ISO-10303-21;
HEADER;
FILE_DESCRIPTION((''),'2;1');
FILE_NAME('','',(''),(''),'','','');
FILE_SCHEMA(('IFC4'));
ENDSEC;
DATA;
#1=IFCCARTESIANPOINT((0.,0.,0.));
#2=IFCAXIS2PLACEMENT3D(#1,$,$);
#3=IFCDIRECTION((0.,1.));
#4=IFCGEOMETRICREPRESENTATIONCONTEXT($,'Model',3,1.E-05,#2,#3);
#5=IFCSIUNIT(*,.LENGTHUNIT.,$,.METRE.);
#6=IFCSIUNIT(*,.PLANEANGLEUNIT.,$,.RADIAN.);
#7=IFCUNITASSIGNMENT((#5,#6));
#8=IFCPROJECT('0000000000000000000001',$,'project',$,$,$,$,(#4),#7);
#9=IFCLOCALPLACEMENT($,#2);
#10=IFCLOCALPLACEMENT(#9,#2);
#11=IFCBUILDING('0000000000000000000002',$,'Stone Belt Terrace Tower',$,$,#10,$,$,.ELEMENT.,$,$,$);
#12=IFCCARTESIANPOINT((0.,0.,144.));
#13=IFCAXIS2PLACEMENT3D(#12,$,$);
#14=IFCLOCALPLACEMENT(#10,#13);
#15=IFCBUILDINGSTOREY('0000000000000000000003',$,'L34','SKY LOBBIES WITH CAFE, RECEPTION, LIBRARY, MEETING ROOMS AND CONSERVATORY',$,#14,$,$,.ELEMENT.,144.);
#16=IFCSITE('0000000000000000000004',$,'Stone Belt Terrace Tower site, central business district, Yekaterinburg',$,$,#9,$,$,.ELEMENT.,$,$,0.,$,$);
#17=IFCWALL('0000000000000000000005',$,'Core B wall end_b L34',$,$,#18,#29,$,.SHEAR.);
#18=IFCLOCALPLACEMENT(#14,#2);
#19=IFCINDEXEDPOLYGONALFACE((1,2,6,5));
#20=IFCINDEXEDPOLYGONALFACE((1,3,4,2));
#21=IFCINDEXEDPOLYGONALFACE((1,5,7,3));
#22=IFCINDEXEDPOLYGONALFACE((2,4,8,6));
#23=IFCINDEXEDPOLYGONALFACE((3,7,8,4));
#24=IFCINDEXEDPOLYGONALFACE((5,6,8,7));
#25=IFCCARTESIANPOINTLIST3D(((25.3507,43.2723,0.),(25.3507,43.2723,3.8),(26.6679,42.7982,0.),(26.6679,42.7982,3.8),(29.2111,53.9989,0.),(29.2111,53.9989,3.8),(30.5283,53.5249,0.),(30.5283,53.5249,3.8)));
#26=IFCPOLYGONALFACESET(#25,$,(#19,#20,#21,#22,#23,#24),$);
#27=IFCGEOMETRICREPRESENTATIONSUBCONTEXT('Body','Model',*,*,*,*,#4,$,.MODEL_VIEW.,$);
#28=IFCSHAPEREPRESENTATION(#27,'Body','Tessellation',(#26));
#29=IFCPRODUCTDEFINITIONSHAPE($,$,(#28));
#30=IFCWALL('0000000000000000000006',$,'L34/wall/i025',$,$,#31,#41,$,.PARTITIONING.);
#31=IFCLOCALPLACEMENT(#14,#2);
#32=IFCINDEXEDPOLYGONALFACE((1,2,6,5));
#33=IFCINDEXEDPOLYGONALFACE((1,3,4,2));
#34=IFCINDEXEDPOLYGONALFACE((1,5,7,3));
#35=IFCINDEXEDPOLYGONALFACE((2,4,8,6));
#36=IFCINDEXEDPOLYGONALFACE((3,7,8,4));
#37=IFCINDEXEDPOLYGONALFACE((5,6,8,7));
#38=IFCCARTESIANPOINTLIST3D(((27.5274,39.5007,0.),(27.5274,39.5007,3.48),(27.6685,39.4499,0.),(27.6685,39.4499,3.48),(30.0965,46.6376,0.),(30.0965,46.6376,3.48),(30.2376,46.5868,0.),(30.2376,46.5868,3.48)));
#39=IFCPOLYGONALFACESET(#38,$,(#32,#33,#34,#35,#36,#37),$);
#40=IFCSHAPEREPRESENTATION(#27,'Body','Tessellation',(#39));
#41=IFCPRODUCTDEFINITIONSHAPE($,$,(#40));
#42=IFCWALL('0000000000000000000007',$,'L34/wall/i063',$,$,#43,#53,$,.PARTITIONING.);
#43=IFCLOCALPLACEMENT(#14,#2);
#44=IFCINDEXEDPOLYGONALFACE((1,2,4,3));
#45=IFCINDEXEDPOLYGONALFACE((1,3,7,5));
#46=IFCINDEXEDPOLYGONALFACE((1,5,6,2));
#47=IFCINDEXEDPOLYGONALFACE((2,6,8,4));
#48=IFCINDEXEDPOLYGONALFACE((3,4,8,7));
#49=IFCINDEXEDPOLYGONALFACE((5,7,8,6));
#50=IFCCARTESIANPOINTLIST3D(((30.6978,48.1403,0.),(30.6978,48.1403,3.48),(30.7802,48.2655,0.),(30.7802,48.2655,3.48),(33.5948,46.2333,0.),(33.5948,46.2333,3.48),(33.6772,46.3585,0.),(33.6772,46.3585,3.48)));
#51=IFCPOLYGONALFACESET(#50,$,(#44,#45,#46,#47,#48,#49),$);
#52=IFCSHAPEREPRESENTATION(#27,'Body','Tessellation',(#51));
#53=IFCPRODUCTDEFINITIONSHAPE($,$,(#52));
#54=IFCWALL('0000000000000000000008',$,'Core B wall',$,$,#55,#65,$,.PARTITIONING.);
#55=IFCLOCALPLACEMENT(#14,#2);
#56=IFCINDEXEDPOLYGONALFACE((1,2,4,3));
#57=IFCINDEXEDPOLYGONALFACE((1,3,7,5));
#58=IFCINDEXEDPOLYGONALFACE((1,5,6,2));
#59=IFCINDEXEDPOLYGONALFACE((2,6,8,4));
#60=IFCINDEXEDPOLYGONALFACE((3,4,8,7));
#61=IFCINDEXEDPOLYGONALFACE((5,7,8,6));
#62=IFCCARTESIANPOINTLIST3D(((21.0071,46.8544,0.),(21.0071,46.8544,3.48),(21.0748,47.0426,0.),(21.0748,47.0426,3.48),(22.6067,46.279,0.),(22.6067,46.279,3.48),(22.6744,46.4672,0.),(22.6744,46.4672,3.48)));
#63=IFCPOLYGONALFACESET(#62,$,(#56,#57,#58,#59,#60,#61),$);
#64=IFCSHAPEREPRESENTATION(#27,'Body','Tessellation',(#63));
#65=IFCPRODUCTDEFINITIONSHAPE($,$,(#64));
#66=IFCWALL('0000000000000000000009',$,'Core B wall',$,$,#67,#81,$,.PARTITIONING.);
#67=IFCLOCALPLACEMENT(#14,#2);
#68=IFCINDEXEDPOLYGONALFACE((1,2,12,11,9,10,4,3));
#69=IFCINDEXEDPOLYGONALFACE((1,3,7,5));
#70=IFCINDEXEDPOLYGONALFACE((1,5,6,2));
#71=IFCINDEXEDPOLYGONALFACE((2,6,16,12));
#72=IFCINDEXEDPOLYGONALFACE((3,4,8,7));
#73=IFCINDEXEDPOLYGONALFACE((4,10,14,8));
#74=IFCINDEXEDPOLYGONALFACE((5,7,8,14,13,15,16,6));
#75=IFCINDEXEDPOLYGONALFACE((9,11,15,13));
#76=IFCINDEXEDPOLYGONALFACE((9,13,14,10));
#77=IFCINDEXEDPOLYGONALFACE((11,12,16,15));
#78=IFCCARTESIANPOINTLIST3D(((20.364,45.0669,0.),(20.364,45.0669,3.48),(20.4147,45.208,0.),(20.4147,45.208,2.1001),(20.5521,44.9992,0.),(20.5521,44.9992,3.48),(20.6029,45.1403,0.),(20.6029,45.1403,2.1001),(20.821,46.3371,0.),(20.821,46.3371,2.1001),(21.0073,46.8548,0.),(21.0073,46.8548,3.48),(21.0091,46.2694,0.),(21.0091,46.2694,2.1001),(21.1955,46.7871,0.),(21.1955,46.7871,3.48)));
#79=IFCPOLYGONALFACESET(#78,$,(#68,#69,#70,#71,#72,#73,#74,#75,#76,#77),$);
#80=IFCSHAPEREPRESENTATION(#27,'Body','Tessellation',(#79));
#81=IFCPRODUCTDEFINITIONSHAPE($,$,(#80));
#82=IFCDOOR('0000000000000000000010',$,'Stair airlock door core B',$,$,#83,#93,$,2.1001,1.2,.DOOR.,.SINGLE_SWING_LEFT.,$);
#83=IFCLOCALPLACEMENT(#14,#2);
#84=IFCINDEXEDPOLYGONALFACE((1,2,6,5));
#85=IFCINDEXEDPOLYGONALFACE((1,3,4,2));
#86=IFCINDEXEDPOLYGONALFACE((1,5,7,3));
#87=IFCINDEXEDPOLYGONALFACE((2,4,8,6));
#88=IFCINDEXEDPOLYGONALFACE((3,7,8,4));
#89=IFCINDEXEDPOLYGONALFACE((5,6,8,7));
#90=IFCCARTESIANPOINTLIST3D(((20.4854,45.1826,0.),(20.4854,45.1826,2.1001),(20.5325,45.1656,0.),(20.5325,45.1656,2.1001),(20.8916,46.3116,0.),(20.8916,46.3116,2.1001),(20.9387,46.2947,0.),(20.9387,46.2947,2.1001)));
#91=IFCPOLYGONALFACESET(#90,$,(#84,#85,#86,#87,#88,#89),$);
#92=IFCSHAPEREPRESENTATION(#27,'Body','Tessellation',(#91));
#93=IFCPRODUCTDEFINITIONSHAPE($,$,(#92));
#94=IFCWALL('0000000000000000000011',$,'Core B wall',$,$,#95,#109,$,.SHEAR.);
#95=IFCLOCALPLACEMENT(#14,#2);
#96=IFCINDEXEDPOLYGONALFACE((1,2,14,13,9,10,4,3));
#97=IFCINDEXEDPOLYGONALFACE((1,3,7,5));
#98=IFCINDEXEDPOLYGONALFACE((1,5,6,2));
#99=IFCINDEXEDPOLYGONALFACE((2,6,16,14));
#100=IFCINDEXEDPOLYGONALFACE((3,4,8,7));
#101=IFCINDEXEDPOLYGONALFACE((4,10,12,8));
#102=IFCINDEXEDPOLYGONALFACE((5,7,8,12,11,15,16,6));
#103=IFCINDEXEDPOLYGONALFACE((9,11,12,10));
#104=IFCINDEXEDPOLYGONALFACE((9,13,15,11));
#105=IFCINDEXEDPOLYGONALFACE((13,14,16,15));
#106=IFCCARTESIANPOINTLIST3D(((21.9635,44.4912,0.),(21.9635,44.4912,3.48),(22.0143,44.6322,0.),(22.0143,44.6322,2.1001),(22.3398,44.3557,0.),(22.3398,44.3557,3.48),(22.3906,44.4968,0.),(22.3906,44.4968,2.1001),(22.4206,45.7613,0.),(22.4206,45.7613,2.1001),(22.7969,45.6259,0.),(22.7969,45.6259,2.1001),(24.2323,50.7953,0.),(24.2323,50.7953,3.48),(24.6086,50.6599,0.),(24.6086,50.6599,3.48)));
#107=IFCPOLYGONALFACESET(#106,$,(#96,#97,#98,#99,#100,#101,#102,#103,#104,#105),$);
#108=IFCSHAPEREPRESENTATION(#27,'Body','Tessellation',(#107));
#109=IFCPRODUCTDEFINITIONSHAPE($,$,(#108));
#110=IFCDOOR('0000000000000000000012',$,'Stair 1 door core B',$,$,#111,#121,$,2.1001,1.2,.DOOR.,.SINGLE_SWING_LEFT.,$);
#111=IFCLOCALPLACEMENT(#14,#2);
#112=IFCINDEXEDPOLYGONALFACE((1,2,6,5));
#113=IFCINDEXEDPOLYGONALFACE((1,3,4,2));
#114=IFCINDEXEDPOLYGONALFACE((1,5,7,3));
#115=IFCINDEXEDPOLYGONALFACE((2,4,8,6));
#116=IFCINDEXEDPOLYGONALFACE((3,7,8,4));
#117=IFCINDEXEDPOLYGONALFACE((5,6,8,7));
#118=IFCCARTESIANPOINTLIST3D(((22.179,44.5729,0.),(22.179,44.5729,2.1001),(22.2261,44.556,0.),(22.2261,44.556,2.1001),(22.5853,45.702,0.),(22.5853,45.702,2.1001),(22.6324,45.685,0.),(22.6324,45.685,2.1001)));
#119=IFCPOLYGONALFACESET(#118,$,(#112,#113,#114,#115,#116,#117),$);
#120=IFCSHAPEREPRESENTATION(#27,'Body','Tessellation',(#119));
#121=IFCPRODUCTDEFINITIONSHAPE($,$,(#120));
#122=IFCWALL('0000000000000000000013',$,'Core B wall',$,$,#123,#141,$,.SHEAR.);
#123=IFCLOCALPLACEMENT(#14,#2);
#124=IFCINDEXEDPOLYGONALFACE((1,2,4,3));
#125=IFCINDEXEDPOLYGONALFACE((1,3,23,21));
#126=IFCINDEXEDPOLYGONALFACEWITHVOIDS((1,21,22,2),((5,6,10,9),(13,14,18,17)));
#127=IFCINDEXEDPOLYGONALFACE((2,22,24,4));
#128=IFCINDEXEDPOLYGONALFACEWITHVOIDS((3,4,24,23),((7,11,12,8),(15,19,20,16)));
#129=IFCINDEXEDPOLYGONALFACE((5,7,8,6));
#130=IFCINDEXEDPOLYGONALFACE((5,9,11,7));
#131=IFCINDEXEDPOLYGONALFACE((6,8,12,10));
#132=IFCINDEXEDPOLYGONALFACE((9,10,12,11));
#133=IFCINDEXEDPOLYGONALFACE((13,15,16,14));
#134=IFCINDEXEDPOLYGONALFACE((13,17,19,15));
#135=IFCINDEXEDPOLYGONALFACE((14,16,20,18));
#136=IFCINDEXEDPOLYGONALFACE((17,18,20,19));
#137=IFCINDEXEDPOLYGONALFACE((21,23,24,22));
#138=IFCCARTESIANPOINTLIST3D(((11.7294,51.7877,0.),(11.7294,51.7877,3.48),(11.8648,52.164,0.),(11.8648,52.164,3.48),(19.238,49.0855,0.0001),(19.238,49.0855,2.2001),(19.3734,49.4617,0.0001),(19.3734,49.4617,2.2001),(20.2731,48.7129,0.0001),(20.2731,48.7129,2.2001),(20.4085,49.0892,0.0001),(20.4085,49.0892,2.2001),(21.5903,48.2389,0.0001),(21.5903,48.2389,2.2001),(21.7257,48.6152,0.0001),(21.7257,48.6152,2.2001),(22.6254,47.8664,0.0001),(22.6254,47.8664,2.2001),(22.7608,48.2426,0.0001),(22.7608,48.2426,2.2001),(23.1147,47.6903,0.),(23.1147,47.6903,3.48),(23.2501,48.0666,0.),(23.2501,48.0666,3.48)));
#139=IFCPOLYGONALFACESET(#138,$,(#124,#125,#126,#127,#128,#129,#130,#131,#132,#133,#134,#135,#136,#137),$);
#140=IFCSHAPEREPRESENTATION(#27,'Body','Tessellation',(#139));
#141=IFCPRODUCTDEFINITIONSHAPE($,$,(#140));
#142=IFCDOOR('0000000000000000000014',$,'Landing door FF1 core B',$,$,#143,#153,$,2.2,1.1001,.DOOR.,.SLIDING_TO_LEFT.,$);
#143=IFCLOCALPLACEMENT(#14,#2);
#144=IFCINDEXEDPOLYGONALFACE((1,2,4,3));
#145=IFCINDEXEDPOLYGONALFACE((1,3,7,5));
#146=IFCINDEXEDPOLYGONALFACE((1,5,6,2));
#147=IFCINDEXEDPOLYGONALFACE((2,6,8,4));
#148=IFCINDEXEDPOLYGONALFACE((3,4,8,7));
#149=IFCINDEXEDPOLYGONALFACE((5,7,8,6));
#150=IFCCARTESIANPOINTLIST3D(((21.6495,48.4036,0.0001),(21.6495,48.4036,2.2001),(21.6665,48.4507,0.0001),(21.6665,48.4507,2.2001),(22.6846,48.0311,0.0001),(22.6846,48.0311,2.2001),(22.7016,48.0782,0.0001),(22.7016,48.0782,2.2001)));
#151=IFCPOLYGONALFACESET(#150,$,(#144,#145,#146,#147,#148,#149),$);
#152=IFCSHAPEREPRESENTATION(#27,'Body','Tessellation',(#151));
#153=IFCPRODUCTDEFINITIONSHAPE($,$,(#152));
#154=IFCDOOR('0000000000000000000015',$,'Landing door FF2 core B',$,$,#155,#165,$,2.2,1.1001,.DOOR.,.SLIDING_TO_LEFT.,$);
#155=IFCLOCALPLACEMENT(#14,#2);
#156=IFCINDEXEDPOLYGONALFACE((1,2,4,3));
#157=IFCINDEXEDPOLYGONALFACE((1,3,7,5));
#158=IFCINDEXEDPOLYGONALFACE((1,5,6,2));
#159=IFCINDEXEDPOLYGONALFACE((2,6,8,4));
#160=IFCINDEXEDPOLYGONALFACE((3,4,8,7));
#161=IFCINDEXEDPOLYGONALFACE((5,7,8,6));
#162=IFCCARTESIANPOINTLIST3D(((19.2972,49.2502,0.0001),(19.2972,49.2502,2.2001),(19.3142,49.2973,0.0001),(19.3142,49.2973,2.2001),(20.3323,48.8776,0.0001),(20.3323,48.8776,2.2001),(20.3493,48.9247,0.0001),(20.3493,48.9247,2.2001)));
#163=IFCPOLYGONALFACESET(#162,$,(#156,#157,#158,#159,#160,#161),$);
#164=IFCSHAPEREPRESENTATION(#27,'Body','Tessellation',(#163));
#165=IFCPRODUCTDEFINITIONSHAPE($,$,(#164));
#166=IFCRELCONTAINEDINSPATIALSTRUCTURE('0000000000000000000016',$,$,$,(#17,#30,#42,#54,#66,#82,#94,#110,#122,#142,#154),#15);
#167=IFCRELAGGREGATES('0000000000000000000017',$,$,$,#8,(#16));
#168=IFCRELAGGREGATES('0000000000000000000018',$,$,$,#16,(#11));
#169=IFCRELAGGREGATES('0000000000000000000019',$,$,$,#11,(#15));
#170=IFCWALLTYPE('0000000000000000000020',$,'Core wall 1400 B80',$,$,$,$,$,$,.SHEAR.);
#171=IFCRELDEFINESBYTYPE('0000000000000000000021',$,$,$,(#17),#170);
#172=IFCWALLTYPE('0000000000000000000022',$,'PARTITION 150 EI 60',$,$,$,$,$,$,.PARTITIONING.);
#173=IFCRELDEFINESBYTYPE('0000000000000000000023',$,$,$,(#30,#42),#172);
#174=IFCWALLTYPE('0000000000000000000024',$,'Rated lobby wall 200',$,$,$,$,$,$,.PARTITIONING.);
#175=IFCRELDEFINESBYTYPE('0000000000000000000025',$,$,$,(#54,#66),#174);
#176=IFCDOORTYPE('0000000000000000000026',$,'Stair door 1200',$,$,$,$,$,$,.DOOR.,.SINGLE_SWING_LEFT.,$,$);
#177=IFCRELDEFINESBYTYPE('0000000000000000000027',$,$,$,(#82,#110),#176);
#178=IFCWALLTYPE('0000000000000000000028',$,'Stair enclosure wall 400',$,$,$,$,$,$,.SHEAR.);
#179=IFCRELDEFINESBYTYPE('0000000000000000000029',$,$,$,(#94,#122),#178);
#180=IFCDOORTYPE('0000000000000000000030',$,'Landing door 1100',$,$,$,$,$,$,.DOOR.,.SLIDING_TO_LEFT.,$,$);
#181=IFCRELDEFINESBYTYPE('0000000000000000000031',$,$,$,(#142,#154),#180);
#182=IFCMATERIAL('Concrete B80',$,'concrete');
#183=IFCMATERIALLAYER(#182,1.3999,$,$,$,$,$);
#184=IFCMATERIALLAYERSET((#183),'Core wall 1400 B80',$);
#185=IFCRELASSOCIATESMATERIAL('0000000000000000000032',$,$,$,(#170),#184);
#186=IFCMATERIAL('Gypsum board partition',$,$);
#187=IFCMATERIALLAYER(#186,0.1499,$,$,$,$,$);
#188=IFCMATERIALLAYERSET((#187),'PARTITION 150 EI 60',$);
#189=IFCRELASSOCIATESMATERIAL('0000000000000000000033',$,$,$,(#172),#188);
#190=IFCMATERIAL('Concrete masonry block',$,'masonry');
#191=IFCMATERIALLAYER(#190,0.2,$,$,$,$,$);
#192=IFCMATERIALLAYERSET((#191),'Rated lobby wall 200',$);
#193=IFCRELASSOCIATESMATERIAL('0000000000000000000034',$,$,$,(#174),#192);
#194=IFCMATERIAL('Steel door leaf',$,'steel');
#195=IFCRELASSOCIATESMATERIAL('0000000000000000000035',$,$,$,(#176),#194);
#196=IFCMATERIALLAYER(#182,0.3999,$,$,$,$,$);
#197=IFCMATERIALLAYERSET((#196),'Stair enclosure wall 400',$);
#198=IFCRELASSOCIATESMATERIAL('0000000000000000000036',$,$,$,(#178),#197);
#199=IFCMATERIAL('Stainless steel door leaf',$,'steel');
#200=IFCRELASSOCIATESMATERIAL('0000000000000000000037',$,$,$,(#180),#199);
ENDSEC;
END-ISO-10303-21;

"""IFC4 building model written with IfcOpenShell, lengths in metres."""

from ifc_helpers import new_model, si_unit, direction, frame, frame_2d, origin, place, context, subcontext, project, spatial, rectangle, extrude, material, layer, layer_set, type_object, element, fill, save


model = new_model("IFC4")

# Units and contexts
model_context = context("Model", 3, precision=1e-05, world=origin(), true_north=direction((0.0, 1.0)))
body_context = subcontext(model_context, "Body", "Model", "MODEL_VIEW")
ifc_project = project(units=[si_unit("LENGTHUNIT", "METRE"), si_unit("PLANEANGLEUNIT", "RADIAN")], contexts=[model_context])

# Site, building, storey
site_placement = place(None, origin())
site = spatial("IfcSite", under=ifc_project, at=site_placement, Name="Stone Belt Terrace Tower site, central business district, Yekaterinburg", CompositionType="ELEMENT", RefElevation=0.0)
building_placement = place(site_placement, origin())
building = spatial("IfcBuilding", under=site, at=building_placement, Name="Stone Belt Terrace Tower", CompositionType="ELEMENT")
storey_placement = place(building_placement, frame((0.0, 0.0, 144.0)))
storey = spatial("IfcBuildingStorey", under=building, at=storey_placement, Name="L34", Description="SKY LOBBIES WITH CAFE, RECEPTION, LIBRARY, MEETING ROOMS AND CONSERVATORY", CompositionType="ELEMENT", Elevation=144.0)

# Walls
ifc_material_1 = material(Name="Concrete B80", Category="concrete")
ifc_layer_1 = layer(ifc_material_1, 1.3999)
ifc_layer_set_1 = layer_set([ifc_layer_1], Name="Core wall 1400 B80")
wall_type_1 = type_object("IfcWallType", Name="Core wall 1400 B80", PredefinedType="SHEAR", material=ifc_layer_set_1)
wall_1_placement = place(storey_placement, frame((26.0093, 43.0352, 0.0), z_axis=(0.0, 0.0, 1.0), x_axis=(0.338625, 0.940921, 0.0)))
element("IfcWall", 1, at=wall_1_placement, inside=storey, type_object=wall_type_1, Name="Core B wall end_b L34", PredefinedType="SHEAR", context=body_context, shape_type="SweptSolid", body=[
    extrude(rectangle(XDim=11.4001, YDim=1.3999, at=frame_2d((5.7002, 0.0))), origin(), (0.0, 0.0, 1.0), 3.8),
])
ifc_material_2 = material(Name="Gypsum board partition")
ifc_layer_2 = layer(ifc_material_2, 0.1499)
ifc_layer_set_2 = layer_set([ifc_layer_2], Name="PARTITION 150 EI 60")
wall_type_2 = type_object("IfcWallType", Name="PARTITION 150 EI 60", PredefinedType="PARTITIONING", material=ifc_layer_set_2)
wall_2_placement = place(storey_placement, frame((30.167, 46.6121, 0.0), z_axis=(0.0, 0.0, 1.0), x_axis=(-0.338694, -0.940896, 0.0)))
element("IfcWall", 2, at=wall_2_placement, inside=storey, type_object=wall_type_2, Name="L34/wall/i025", PredefinedType="PARTITIONING", context=body_context, shape_type="SweptSolid", body=[
    extrude(rectangle(XDim=7.5852, YDim=0.1499, at=frame_2d((3.7925, 0.0))), origin(), (0.0, 0.0, 1.0), 3.48),
])
wall_3_placement = place(storey_placement, frame((30.739, 48.2029, 0.0), z_axis=(0.0, 0.0, 1.0), x_axis=(0.835274, -0.549834, 0.0)))
element("IfcWall", 3, at=wall_3_placement, inside=storey, type_object=wall_type_2, Name="L34/wall/i063", PredefinedType="PARTITIONING", context=body_context, shape_type="SweptSolid", body=[
    extrude(rectangle(XDim=3.4683, YDim=0.1499, at=frame_2d((1.7341, 0.0))), origin(), (0.0, 0.0, 1.0), 3.48),
])
ifc_material_3 = material(Name="Concrete masonry block", Category="masonry")
ifc_layer_3 = layer(ifc_material_3, 0.2)
ifc_layer_set_3 = layer_set([ifc_layer_3], Name="Rated lobby wall 200")
wall_type_3 = type_object("IfcWallType", Name="Rated lobby wall 200", PredefinedType="PARTITIONING", material=ifc_layer_set_3)
wall_4_placement = place(storey_placement, frame((22.6406, 46.373, 0.0), z_axis=(0.0, 0.0, 1.0), x_axis=(-0.940966, 0.338501, 0.0)))
element("IfcWall", 4, at=wall_4_placement, inside=storey, type_object=wall_type_3, Name="Core B wall", PredefinedType="PARTITIONING", context=body_context, shape_type="SweptSolid", body=[
    extrude(rectangle(XDim=1.7, YDim=0.2, at=frame_2d((0.8501, 0.0))), origin(), (0.0, 0.0, 1.0), 3.48),
])

# Walls, openings, doors
wall_5_placement = place(storey_placement, frame((20.458, 45.033, 0.0), z_axis=(0.0, 0.0, 1.0), x_axis=(0.338574, 0.94094, 0.0)))
wall_5 = element("IfcWall", 5, at=wall_5_placement, inside=storey, type_object=wall_type_3, Name="Core B wall", PredefinedType="PARTITIONING", context=body_context, shape_type="SweptSolid", body=[
    extrude(rectangle(XDim=1.9001, YDim=0.2, at=frame_2d((0.9502, 0.0))), origin(), (0.0, 0.0, 1.0), 3.48),
])
opening_1_placement = place(wall_5_placement, frame((0.1499, 0.0, 0.0)))
opening_1 = element("IfcOpeningElement", 6, at=opening_1_placement, cuts=wall_5, PredefinedType="OPENING", context=body_context, shape_type="SweptSolid", body=[
    extrude(rectangle(XDim=1.2, YDim=2.1001, at=frame_2d((0.6001, 1.05))), frame((0.0, 0.1099, 0.0), z_axis=(0.0, -1.0, 0.0), x_axis=(1.0, 0.0, 0.0)), (0.0, 0.0, 1.0), 0.22),
])
ifc_material_4 = material(Name="Steel door leaf", Category="steel")
door_type_1 = type_object("IfcDoorType", Name="Stair door 1200", OperationType="SINGLE_SWING_LEFT", PredefinedType="DOOR", material=ifc_material_4)
door_1_placement = place(opening_1_placement, origin())
door_1 = element("IfcDoor", 7, at=door_1_placement, inside=storey, type_object=door_type_1, Name="Stair airlock door core B", OperationType="SINGLE_SWING_LEFT", OverallHeight=2.1001, OverallWidth=1.2, PredefinedType="DOOR", context=body_context, shape_type="SweptSolid", body=[
    extrude(rectangle(XDim=1.2, YDim=2.1001, at=frame_2d((0.6001, 1.05))), frame((0.0, 0.0249, 0.0), z_axis=(0.0, -1.0, 0.0), x_axis=(1.0, 0.0, 0.0)), (0.0, 0.0, 1.0), 0.05),
])
fill(opening_1, door_1)
ifc_layer_4 = layer(ifc_material_1, 0.3999)
ifc_layer_set_4 = layer_set([ifc_layer_4], Name="Stair enclosure wall 400")
wall_type_4 = type_object("IfcWallType", Name="Stair enclosure wall 400", PredefinedType="SHEAR", material=ifc_layer_set_4)
wall_6_placement = place(storey_placement, frame((22.1516, 44.4233, 0.0), z_axis=(0.0, 0.0, 1.0), x_axis=(0.338625, 0.940921, 0.0)))
wall_6 = element("IfcWall", 8, at=wall_6_placement, inside=storey, type_object=wall_type_4, Name="Core B wall", PredefinedType="SHEAR", context=body_context, shape_type="SweptSolid", body=[
    extrude(rectangle(XDim=6.7, YDim=0.3999, at=frame_2d((3.3501, 0.0))), origin(), (0.0, 0.0, 1.0), 3.48),
])
opening_2_placement = place(wall_6_placement, frame((0.1499, 0.0, 0.0)))
opening_2 = element("IfcOpeningElement", 9, at=opening_2_placement, cuts=wall_6, PredefinedType="OPENING", context=body_context, shape_type="SweptSolid", body=[
    extrude(rectangle(XDim=1.2, YDim=2.1001, at=frame_2d((0.6001, 1.05))), frame((0.0, 0.21, 0.0), z_axis=(0.0, -1.0, 0.0), x_axis=(1.0, 0.0, 0.0)), (0.0, 0.0, 1.0), 0.4199),
])
door_2_placement = place(opening_2_placement, origin())
door_2 = element("IfcDoor", 10, at=door_2_placement, inside=storey, type_object=door_type_1, Name="Stair 1 door core B", OperationType="SINGLE_SWING_LEFT", OverallHeight=2.1001, OverallWidth=1.2, PredefinedType="DOOR", context=body_context, shape_type="SweptSolid", body=[
    extrude(rectangle(XDim=1.2, YDim=2.1001, at=frame_2d((0.6001, 1.05))), frame((0.0, 0.0249, 0.0), z_axis=(0.0, -1.0, 0.0), x_axis=(1.0, 0.0, 0.0)), (0.0, 0.0, 1.0), 0.05),
])
fill(opening_2, door_2)

# Wall, openings, doors
wall_7_placement = place(storey_placement, frame((23.1824, 47.8784, 0.0), z_axis=(0.0, 0.0, 1.0), x_axis=(-0.940921, 0.338626, 0.0)))
wall_7 = element("IfcWall", 11, at=wall_7_placement, inside=storey, type_object=wall_type_4, Name="Core B wall", PredefinedType="SHEAR", context=body_context, shape_type="SweptSolid", body=[
    extrude(rectangle(XDim=12.1001, YDim=0.3999, at=frame_2d((6.05, 0.0))), origin(), (0.0, 0.0, 1.0), 3.48),
])
opening_3_placement = place(wall_7_placement, frame((0.52, 0.0, 0.0)))
opening_3 = element("IfcOpeningElement", 12, at=opening_3_placement, cuts=wall_7, PredefinedType="OPENING", context=body_context, shape_type="SweptSolid", body=[
    extrude(rectangle(XDim=1.1001, YDim=2.2, at=frame_2d((0.55, 1.1001))), frame((0.0, 0.21, 0.0), z_axis=(0.0, -1.0, 0.0), x_axis=(1.0, 0.0, 0.0)), (0.0, 0.0, 1.0), 0.4199),
])
opening_4_placement = place(wall_7_placement, frame((3.02, 0.0, 0.0)))
opening_4 = element("IfcOpeningElement", 13, at=opening_4_placement, cuts=wall_7, PredefinedType="OPENING", context=body_context, shape_type="SweptSolid", body=[
    extrude(rectangle(XDim=1.1001, YDim=2.2, at=frame_2d((0.55, 1.1001))), frame((0.0, 0.21, 0.0), z_axis=(0.0, -1.0, 0.0), x_axis=(1.0, 0.0, 0.0)), (0.0, 0.0, 1.0), 0.4199),
])
ifc_material_5 = material(Name="Stainless steel door leaf", Category="steel")
door_type_2 = type_object("IfcDoorType", Name="Landing door 1100", OperationType="SLIDING_TO_LEFT", PredefinedType="DOOR", material=ifc_material_5)
door_3_placement = place(opening_3_placement, origin())
door_3 = element("IfcDoor", 14, at=door_3_placement, inside=storey, type_object=door_type_2, Name="Landing door FF1 core B", OperationType="SLIDING_TO_LEFT", OverallHeight=2.2, OverallWidth=1.1001, PredefinedType="DOOR", context=body_context, shape_type="SweptSolid", body=[
    extrude(rectangle(XDim=1.1001, YDim=2.2, at=frame_2d((0.55, 1.1001))), frame((0.0, 0.0249, 0.0), z_axis=(0.0, -1.0, 0.0), x_axis=(1.0, 0.0, 0.0)), (0.0, 0.0, 1.0), 0.05),
])
fill(opening_3, door_3)
door_4_placement = place(opening_4_placement, origin())
door_4 = element("IfcDoor", 15, at=door_4_placement, inside=storey, type_object=door_type_2, Name="Landing door FF2 core B", OperationType="SLIDING_TO_LEFT", OverallHeight=2.2, OverallWidth=1.1001, PredefinedType="DOOR", context=body_context, shape_type="SweptSolid", body=[
    extrude(rectangle(XDim=1.1001, YDim=2.2, at=frame_2d((0.55, 1.1001))), frame((0.0, 0.0249, 0.0), z_axis=(0.0, -1.0, 0.0), x_axis=(1.0, 0.0, 0.0)), (0.0, 0.0, 1.0), 0.05),
])
fill(opening_4, door_4)

save(model, "model.ifc")
